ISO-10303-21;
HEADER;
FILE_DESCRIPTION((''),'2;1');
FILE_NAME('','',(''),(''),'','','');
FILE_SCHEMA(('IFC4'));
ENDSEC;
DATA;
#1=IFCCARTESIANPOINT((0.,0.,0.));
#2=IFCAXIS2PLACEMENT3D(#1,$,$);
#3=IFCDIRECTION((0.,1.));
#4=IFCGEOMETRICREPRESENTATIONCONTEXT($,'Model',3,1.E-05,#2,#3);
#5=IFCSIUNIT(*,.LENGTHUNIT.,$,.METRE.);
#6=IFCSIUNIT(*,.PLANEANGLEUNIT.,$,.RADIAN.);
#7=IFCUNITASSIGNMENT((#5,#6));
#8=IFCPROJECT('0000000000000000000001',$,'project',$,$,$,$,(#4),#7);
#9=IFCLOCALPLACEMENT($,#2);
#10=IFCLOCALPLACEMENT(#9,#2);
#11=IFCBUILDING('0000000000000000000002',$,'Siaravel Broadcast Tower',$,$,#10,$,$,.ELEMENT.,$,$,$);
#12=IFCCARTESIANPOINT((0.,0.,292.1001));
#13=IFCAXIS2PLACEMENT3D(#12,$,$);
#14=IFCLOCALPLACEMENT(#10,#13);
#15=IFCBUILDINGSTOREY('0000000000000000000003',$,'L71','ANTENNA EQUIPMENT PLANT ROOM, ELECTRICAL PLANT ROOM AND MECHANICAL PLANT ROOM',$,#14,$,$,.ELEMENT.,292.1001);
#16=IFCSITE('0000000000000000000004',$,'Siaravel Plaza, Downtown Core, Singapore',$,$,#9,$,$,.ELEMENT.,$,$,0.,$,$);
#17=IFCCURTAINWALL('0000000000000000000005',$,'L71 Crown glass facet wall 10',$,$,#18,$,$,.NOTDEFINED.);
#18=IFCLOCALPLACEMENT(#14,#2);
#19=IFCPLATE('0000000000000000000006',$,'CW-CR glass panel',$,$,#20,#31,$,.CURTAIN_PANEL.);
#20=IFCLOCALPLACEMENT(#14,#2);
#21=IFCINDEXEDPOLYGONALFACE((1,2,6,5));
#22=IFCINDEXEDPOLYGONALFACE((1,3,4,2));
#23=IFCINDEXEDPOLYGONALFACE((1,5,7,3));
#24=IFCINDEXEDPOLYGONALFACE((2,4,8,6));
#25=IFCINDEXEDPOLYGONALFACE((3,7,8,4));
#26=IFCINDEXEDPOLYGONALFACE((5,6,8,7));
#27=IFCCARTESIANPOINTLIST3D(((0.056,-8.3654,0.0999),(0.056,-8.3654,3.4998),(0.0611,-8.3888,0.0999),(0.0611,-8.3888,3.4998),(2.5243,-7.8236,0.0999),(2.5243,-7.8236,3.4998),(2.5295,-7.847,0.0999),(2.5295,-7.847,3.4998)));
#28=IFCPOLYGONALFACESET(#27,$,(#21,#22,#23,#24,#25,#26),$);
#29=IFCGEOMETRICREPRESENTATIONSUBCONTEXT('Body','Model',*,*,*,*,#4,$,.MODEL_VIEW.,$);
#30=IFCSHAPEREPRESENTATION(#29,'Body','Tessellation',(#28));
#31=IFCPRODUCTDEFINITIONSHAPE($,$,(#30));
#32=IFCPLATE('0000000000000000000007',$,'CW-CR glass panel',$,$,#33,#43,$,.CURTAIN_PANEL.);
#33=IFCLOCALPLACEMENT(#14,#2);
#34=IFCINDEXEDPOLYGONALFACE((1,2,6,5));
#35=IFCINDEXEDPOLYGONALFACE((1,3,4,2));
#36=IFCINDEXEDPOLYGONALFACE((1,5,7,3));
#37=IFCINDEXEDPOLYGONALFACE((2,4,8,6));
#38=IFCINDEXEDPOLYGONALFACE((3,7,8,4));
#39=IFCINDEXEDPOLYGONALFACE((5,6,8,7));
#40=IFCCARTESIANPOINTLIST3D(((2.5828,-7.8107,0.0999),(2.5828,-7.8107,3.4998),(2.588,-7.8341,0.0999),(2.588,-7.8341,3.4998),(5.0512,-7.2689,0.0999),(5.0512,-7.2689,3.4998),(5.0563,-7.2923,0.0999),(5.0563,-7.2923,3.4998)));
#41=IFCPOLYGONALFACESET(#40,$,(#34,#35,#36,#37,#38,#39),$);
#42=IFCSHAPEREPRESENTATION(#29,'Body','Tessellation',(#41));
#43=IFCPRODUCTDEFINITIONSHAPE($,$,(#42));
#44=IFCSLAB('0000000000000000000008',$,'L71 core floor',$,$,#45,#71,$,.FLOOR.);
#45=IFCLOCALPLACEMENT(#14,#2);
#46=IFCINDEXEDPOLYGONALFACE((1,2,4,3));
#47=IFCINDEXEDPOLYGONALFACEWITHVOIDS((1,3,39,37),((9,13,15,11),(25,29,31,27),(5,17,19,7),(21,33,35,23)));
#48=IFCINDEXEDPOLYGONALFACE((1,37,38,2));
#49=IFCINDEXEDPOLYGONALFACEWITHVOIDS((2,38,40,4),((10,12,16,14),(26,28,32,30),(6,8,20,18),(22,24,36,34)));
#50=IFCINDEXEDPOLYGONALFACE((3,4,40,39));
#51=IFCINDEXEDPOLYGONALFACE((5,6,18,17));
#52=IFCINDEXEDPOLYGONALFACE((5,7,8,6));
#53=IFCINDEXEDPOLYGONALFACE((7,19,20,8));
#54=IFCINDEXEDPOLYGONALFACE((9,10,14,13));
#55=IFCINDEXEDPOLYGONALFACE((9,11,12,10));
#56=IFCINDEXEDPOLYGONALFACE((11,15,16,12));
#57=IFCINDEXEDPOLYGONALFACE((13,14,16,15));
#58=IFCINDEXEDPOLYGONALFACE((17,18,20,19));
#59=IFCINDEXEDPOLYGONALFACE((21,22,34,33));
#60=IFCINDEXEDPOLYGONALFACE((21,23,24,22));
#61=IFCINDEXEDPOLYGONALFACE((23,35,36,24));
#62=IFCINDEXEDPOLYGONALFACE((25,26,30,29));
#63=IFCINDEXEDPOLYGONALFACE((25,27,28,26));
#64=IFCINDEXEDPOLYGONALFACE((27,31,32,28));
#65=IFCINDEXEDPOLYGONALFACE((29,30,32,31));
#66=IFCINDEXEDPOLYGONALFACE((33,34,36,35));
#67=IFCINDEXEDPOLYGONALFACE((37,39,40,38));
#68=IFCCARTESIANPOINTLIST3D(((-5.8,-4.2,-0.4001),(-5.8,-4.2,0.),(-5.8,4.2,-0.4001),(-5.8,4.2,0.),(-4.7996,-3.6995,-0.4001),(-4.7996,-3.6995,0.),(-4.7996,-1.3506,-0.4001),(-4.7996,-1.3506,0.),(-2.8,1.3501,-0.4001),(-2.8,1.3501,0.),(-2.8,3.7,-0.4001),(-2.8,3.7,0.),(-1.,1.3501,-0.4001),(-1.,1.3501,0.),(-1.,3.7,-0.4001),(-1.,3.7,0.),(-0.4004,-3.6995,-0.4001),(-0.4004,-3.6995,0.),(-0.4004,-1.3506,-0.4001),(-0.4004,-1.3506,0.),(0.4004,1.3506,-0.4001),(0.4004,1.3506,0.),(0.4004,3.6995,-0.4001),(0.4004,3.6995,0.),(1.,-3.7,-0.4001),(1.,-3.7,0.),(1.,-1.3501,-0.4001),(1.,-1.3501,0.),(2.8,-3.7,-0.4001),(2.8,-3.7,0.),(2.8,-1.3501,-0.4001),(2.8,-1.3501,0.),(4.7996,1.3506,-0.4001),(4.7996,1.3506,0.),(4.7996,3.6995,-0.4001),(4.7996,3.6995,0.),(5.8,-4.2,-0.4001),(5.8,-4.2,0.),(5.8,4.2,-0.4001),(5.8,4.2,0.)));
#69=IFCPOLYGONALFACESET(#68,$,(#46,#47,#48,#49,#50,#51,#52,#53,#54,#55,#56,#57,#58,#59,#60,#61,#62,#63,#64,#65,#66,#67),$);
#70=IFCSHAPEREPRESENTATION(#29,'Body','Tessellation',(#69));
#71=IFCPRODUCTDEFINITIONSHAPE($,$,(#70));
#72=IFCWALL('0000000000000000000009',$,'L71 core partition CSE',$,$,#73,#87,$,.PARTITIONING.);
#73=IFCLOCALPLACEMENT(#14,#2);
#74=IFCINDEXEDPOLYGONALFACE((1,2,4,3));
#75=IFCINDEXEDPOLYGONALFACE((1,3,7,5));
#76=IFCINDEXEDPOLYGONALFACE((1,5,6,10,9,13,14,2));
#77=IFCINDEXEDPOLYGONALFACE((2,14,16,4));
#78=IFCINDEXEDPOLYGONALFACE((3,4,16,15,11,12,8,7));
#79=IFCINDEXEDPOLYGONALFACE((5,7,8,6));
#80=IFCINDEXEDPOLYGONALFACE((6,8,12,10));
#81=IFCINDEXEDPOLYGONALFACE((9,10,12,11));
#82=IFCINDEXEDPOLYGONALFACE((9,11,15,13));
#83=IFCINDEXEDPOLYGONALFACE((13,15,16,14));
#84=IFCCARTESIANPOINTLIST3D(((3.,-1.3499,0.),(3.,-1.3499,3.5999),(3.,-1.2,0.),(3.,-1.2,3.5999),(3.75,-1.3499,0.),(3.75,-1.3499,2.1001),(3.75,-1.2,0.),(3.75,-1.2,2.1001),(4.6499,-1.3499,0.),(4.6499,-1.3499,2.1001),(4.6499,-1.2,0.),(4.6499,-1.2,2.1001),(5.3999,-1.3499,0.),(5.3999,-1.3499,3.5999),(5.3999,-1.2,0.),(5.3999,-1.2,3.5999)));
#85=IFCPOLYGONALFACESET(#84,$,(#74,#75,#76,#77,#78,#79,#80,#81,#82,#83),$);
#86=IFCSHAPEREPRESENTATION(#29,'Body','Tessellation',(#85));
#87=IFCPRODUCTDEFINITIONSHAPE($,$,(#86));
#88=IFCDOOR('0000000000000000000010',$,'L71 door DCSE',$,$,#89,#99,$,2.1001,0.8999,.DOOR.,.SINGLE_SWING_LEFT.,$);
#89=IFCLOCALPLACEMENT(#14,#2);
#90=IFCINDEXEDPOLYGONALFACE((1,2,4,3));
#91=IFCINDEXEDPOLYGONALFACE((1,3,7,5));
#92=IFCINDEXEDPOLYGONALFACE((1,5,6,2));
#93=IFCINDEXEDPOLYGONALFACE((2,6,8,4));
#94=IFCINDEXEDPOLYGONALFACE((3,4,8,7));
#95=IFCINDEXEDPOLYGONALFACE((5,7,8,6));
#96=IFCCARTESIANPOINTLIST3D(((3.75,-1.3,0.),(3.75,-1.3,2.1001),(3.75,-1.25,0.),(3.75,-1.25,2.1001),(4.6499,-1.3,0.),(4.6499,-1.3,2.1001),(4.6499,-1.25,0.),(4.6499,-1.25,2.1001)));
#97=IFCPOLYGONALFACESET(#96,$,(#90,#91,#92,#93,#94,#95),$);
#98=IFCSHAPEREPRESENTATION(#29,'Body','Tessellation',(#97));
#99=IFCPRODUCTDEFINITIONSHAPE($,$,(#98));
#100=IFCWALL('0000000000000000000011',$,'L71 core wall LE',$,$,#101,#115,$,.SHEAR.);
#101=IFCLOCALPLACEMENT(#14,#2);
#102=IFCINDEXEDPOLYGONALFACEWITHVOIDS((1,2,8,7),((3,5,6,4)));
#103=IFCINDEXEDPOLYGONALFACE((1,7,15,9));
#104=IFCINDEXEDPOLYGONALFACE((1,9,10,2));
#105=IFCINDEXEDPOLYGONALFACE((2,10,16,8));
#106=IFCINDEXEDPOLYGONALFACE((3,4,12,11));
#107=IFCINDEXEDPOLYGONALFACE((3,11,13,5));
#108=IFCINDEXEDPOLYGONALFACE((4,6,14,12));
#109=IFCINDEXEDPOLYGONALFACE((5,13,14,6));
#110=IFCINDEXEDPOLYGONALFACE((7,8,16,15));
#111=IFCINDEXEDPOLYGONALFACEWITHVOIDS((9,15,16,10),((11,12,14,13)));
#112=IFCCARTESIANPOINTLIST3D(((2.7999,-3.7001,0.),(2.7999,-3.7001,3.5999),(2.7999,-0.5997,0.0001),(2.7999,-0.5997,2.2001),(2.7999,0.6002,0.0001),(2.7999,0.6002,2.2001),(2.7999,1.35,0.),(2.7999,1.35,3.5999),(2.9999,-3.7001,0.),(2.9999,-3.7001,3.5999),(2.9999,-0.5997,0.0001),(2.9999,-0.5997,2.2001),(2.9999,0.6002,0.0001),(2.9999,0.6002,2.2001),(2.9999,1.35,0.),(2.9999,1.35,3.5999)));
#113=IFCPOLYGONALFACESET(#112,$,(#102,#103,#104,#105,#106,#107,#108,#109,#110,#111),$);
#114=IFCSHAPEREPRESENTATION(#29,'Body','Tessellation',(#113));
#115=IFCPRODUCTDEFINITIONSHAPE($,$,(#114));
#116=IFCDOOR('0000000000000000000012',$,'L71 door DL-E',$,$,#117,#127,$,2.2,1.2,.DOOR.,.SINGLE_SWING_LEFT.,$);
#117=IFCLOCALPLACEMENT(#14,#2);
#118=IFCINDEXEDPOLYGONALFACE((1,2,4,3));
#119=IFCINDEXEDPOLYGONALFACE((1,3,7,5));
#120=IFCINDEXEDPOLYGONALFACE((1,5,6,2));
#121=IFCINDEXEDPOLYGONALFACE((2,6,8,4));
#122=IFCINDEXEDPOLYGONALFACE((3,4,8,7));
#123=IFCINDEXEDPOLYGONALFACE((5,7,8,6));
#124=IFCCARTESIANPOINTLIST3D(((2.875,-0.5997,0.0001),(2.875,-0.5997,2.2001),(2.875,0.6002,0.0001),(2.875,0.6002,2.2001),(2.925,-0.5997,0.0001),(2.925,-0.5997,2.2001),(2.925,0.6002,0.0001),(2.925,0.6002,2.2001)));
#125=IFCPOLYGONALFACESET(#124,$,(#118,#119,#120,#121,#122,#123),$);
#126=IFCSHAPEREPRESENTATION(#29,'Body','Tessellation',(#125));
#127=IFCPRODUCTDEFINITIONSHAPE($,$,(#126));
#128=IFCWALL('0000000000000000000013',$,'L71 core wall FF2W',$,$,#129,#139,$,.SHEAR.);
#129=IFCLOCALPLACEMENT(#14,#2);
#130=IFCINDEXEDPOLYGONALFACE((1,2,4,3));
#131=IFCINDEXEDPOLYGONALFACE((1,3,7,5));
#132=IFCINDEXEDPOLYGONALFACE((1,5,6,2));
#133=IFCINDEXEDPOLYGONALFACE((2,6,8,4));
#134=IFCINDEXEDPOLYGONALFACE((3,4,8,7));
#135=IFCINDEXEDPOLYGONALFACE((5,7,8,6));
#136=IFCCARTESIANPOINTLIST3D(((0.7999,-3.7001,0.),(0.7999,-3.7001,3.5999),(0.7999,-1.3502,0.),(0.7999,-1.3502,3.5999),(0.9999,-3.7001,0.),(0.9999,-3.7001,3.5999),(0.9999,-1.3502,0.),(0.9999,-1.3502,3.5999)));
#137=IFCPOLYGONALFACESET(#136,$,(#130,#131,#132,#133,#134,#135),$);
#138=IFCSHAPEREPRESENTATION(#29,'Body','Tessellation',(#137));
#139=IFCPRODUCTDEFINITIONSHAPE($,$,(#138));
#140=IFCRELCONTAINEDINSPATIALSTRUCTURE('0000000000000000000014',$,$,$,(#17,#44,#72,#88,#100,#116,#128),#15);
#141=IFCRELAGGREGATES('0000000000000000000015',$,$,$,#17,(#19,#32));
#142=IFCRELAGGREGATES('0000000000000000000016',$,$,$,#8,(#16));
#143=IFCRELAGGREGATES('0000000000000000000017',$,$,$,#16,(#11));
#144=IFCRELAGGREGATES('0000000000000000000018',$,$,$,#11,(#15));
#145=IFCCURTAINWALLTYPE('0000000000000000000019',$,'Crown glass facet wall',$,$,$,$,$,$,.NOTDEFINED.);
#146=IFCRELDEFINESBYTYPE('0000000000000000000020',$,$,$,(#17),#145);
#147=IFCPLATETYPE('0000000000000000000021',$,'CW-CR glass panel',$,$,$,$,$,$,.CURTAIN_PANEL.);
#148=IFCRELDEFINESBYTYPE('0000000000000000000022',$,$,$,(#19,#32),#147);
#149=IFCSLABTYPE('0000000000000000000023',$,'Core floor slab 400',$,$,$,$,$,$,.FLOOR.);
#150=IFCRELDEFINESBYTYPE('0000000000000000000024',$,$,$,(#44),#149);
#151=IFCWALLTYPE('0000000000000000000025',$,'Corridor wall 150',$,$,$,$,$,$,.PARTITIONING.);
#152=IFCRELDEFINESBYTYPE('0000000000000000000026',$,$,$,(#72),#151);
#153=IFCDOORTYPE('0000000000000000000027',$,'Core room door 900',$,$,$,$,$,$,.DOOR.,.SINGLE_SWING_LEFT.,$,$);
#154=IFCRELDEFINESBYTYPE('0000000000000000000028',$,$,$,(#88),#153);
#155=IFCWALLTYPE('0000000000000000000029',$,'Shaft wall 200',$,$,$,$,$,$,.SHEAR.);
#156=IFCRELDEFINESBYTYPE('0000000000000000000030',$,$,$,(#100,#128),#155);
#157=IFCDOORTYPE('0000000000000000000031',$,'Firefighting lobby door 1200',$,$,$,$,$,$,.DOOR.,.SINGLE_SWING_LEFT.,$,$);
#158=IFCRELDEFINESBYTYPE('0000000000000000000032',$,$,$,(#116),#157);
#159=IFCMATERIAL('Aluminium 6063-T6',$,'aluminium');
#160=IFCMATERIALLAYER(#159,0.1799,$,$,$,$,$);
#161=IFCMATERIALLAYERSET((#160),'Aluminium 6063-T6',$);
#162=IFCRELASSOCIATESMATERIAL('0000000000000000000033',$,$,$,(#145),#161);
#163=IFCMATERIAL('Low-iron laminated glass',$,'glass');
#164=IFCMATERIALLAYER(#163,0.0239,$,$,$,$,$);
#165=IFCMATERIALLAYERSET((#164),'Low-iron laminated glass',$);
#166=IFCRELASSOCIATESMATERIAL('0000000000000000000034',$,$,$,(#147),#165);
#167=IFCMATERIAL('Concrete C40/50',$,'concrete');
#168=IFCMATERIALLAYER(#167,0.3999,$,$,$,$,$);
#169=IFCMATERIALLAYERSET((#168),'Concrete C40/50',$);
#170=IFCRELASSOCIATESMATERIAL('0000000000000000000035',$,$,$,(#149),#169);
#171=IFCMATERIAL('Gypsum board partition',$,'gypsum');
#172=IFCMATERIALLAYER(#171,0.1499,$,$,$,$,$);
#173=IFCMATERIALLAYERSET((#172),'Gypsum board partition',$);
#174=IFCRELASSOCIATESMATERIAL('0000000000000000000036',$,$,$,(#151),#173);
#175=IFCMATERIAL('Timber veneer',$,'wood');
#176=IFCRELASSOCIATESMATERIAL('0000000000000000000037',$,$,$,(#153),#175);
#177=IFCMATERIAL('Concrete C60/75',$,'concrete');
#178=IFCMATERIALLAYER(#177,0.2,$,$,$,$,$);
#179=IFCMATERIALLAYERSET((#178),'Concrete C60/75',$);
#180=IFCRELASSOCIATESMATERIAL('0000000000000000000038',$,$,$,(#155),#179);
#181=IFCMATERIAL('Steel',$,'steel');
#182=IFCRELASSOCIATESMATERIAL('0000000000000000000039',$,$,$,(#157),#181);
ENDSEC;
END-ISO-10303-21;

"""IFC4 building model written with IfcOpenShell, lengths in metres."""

from ifc_helpers import new_model, si_unit, direction, frame, frame_2d, origin, origin_2d, place, context, subcontext, project, spatial, polyline, rectangle, outline, extrude, material, layer, layer_set, type_object, element, fill, aggregate, save


model = new_model("IFC4")

# Units and contexts
model_context = context("Model", 3, precision=1e-05, world=origin(), true_north=direction((0.0, 1.0)))
body_context = subcontext(model_context, "Body", "Model", "MODEL_VIEW")
ifc_project = project(units=[si_unit("LENGTHUNIT", "METRE"), si_unit("PLANEANGLEUNIT", "RADIAN")], contexts=[model_context])

# Site, building, storey
site_placement = place(None, origin())
site = spatial("IfcSite", under=ifc_project, at=site_placement, Name="Siaravel Plaza, Downtown Core, Singapore", CompositionType="ELEMENT", RefElevation=0.0)
building_placement = place(site_placement, origin())
building = spatial("IfcBuilding", under=site, at=building_placement, Name="Siaravel Broadcast Tower", CompositionType="ELEMENT")
storey_placement = place(building_placement, frame((0.0, 0.0, 292.1001)))
storey = spatial("IfcBuildingStorey", under=building, at=storey_placement, Name="L71", Description="ANTENNA EQUIPMENT PLANT ROOM, ELECTRICAL PLANT ROOM AND MECHANICAL PLANT ROOM", CompositionType="ELEMENT", Elevation=292.1001)

# Curtain wall
ifc_material_1 = material(Name="Aluminium 6063-T6", Category="aluminium")
ifc_layer_1 = layer(ifc_material_1, 0.1799)
ifc_layer_set_1 = layer_set([ifc_layer_1], Name="Aluminium 6063-T6")
curtain_wall_type = type_object("IfcCurtainWallType", Name="Crown glass facet wall", PredefinedType="NOTDEFINED", material=ifc_layer_set_1)
curtain_wall_1_placement = place(storey_placement, origin())
curtain_wall_1 = element("IfcCurtainWall", 1, at=curtain_wall_1_placement, inside=storey, type_object=curtain_wall_type, Name="L71 Crown glass facet wall 10", PredefinedType="NOTDEFINED")

# Plates
ifc_material_2 = material(Name="Low-iron laminated glass", Category="glass")
ifc_layer_2 = layer(ifc_material_2, 0.0239)
ifc_layer_set_2 = layer_set([ifc_layer_2], Name="Low-iron laminated glass")
plate_type = type_object("IfcPlateType", Name="CW-CR glass panel", PredefinedType="CURTAIN_PANEL", material=ifc_layer_set_2)
plate_1_placement = place(storey_placement, frame((1.2927, -8.1062, 0.0999), z_axis=(0.0, 0.0, 1.0), x_axis=(0.976746, 0.214399, 0.0)))
plate_1 = element("IfcPlate", 2, at=plate_1_placement, type_object=plate_type, Name="CW-CR glass panel", PredefinedType="CURTAIN_PANEL", context=body_context, shape_type="SweptSolid", body=[
    extrude(rectangle(XDim=2.5271, YDim=0.0239, at=origin_2d()), origin(), (0.0, 0.0, 1.0), 3.3999),
])
plate_2_placement = place(storey_placement, frame((3.8196, -7.5515, 0.0999), z_axis=(0.0, 0.0, 1.0), x_axis=(0.976746, 0.214399, 0.0)))
plate_2 = element("IfcPlate", 3, at=plate_2_placement, type_object=plate_type, Name="CW-CR glass panel", PredefinedType="CURTAIN_PANEL", context=body_context, shape_type="SweptSolid", body=[
    extrude(rectangle(XDim=2.5271, YDim=0.0239, at=origin_2d()), origin(), (0.0, 0.0, 1.0), 3.3999),
])
aggregate(curtain_wall_1, [plate_1, plate_2])

# Slab
ifc_material_3 = material(Name="Concrete C40/50", Category="concrete")
ifc_layer_3 = layer(ifc_material_3, 0.3999)
ifc_layer_set_3 = layer_set([ifc_layer_3], Name="Concrete C40/50")
slab_type = type_object("IfcSlabType", Name="Core floor slab 400", PredefinedType="FLOOR", material=ifc_layer_set_3)
slab_placement = place(storey_placement, frame((0.0, 0.0, -0.4001)))
element("IfcSlab", 4, at=slab_placement, inside=storey, type_object=slab_type, Name="L71 core floor", PredefinedType="FLOOR", context=body_context, shape_type="SweptSolid", body=[
    extrude(outline(polyline([(-5.8, -4.2), (-5.8, 4.2), (5.8, 4.2), (5.8, -4.2), (-5.8, -4.2)]), holes=[polyline([(0.4004, 3.6995), (0.4004, 1.3506), (4.7996, 1.3506), (4.7996, 3.6995), (0.4004, 3.6995)]), polyline([(1.0, -3.7), (2.8, -3.7), (2.8, -1.3501), (1.0, -1.3501), (1.0, -3.7)]), polyline([(-0.4004, -3.6995), (-0.4004, -1.3506), (-4.7996, -1.3506), (-4.7996, -3.6995), (-0.4004, -3.6995)]), polyline([(-2.8, 1.3501), (-1.0, 1.3501), (-1.0, 3.7), (-2.8, 3.7), (-2.8, 1.3501)])]), origin(), (0.0, 0.0, 1.0), 0.4001),
])

# Walls, openings, doors
ifc_material_4 = material(Name="Gypsum board partition", Category="gypsum")
ifc_layer_4 = layer(ifc_material_4, 0.1499)
ifc_layer_set_4 = layer_set([ifc_layer_4], Name="Gypsum board partition")
wall_type_1 = type_object("IfcWallType", Name="Corridor wall 150", PredefinedType="PARTITIONING", material=ifc_layer_set_4)
wall_1_placement = place(storey_placement, frame((3.0, -1.2749, 0.0), z_axis=(0.0, 0.0, 1.0), x_axis=(1.0, 0.0, 0.0)))
wall_1 = element("IfcWall", 5, at=wall_1_placement, inside=storey, type_object=wall_type_1, Name="L71 core partition CSE", PredefinedType="PARTITIONING", context=body_context, shape_type="SweptSolid", body=[
    extrude(rectangle(XDim=2.3999, YDim=0.1499, at=frame_2d((1.2, 0.0))), origin(), (0.0, 0.0, 1.0), 3.5999),
])
opening_1_placement = place(wall_1_placement, frame((0.75, 0.0, 0.0)))
opening_1 = element("IfcOpeningElement", 6, at=opening_1_placement, cuts=wall_1, PredefinedType="OPENING", context=body_context, shape_type="SweptSolid", body=[
    extrude(rectangle(XDim=0.8999, YDim=2.1001, at=frame_2d((0.45, 1.05))), frame((0.0, 0.085, 0.0), z_axis=(0.0, -1.0, 0.0), x_axis=(1.0, 0.0, 0.0)), (0.0, 0.0, 1.0), 0.1699),
])
ifc_material_5 = material(Name="Timber veneer", Category="wood")
door_type_1 = type_object("IfcDoorType", Name="Core room door 900", OperationType="SINGLE_SWING_LEFT", PredefinedType="DOOR", material=ifc_material_5)
door_1_placement = place(opening_1_placement, origin())
door_1 = element("IfcDoor", 7, at=door_1_placement, inside=storey, type_object=door_type_1, Name="L71 door DCSE", OperationType="SINGLE_SWING_LEFT", OverallHeight=2.1001, OverallWidth=0.8999, PredefinedType="DOOR", context=body_context, shape_type="SweptSolid", body=[
    extrude(rectangle(XDim=0.8999, YDim=2.1001, at=frame_2d((0.45, 1.05))), frame((0.0, 0.0249, 0.0), z_axis=(0.0, -1.0, 0.0), x_axis=(1.0, 0.0, 0.0)), (0.0, 0.0, 1.0), 0.05),
])
fill(opening_1, door_1)
ifc_material_6 = material(Name="Concrete C60/75", Category="concrete")
ifc_layer_5 = layer(ifc_material_6, 0.2)
ifc_layer_set_5 = layer_set([ifc_layer_5], Name="Concrete C60/75")
wall_type_2 = type_object("IfcWallType", Name="Shaft wall 200", PredefinedType="SHEAR", material=ifc_layer_set_5)
wall_2_placement = place(storey_placement, frame((2.8999, -3.7, 0.0), z_axis=(0.0, 0.0, 1.0), x_axis=(0.0, 1.0, 0.0)))
wall_2 = element("IfcWall", 8, at=wall_2_placement, inside=storey, type_object=wall_type_2, Name="L71 core wall LE", PredefinedType="SHEAR", context=body_context, shape_type="SweptSolid", body=[
    extrude(rectangle(XDim=5.05, YDim=0.2, at=frame_2d((2.5249, 0.0))), origin(), (0.0, 0.0, 1.0), 3.5999),
])
opening_2_placement = place(wall_2_placement, frame((3.1001, 0.0, 0.0)))
opening_2 = element("IfcOpeningElement", 9, at=opening_2_placement, cuts=wall_2, PredefinedType="OPENING", context=body_context, shape_type="SweptSolid", body=[
    extrude(rectangle(XDim=1.2, YDim=2.2, at=frame_2d((0.6001, 1.1001))), frame((0.0, 0.1099, 0.0), z_axis=(0.0, -1.0, 0.0), x_axis=(1.0, 0.0, 0.0)), (0.0, 0.0, 1.0), 0.22),
])
ifc_material_7 = material(Name="Steel", Category="steel")
door_type_2 = type_object("IfcDoorType", Name="Firefighting lobby door 1200", OperationType="SINGLE_SWING_LEFT", PredefinedType="DOOR", material=ifc_material_7)
door_2_placement = place(opening_2_placement, origin())
door_2 = element("IfcDoor", 10, at=door_2_placement, inside=storey, type_object=door_type_2, Name="L71 door DL-E", OperationType="SINGLE_SWING_LEFT", OverallHeight=2.2, OverallWidth=1.2, PredefinedType="DOOR", context=body_context, shape_type="SweptSolid", body=[
    extrude(rectangle(XDim=1.2, YDim=2.2, at=frame_2d((0.6001, 1.1001))), frame((0.0, 0.0249, 0.0), z_axis=(0.0, -1.0, 0.0), x_axis=(1.0, 0.0, 0.0)), (0.0, 0.0, 1.0), 0.05),
])
fill(opening_2, door_2)

# Wall
wall_3_placement = place(storey_placement, frame((0.8999, -3.7, 0.0), z_axis=(0.0, 0.0, 1.0), x_axis=(0.0, 1.0, 0.0)))
element("IfcWall", 11, at=wall_3_placement, inside=storey, type_object=wall_type_2, Name="L71 core wall FF2W", PredefinedType="SHEAR", context=body_context, shape_type="SweptSolid", body=[
    extrude(rectangle(XDim=2.3499, YDim=0.2, at=frame_2d((1.1748, 0.0))), origin(), (0.0, 0.0, 1.0), 3.5999),
])

save(model, "model.ifc")
